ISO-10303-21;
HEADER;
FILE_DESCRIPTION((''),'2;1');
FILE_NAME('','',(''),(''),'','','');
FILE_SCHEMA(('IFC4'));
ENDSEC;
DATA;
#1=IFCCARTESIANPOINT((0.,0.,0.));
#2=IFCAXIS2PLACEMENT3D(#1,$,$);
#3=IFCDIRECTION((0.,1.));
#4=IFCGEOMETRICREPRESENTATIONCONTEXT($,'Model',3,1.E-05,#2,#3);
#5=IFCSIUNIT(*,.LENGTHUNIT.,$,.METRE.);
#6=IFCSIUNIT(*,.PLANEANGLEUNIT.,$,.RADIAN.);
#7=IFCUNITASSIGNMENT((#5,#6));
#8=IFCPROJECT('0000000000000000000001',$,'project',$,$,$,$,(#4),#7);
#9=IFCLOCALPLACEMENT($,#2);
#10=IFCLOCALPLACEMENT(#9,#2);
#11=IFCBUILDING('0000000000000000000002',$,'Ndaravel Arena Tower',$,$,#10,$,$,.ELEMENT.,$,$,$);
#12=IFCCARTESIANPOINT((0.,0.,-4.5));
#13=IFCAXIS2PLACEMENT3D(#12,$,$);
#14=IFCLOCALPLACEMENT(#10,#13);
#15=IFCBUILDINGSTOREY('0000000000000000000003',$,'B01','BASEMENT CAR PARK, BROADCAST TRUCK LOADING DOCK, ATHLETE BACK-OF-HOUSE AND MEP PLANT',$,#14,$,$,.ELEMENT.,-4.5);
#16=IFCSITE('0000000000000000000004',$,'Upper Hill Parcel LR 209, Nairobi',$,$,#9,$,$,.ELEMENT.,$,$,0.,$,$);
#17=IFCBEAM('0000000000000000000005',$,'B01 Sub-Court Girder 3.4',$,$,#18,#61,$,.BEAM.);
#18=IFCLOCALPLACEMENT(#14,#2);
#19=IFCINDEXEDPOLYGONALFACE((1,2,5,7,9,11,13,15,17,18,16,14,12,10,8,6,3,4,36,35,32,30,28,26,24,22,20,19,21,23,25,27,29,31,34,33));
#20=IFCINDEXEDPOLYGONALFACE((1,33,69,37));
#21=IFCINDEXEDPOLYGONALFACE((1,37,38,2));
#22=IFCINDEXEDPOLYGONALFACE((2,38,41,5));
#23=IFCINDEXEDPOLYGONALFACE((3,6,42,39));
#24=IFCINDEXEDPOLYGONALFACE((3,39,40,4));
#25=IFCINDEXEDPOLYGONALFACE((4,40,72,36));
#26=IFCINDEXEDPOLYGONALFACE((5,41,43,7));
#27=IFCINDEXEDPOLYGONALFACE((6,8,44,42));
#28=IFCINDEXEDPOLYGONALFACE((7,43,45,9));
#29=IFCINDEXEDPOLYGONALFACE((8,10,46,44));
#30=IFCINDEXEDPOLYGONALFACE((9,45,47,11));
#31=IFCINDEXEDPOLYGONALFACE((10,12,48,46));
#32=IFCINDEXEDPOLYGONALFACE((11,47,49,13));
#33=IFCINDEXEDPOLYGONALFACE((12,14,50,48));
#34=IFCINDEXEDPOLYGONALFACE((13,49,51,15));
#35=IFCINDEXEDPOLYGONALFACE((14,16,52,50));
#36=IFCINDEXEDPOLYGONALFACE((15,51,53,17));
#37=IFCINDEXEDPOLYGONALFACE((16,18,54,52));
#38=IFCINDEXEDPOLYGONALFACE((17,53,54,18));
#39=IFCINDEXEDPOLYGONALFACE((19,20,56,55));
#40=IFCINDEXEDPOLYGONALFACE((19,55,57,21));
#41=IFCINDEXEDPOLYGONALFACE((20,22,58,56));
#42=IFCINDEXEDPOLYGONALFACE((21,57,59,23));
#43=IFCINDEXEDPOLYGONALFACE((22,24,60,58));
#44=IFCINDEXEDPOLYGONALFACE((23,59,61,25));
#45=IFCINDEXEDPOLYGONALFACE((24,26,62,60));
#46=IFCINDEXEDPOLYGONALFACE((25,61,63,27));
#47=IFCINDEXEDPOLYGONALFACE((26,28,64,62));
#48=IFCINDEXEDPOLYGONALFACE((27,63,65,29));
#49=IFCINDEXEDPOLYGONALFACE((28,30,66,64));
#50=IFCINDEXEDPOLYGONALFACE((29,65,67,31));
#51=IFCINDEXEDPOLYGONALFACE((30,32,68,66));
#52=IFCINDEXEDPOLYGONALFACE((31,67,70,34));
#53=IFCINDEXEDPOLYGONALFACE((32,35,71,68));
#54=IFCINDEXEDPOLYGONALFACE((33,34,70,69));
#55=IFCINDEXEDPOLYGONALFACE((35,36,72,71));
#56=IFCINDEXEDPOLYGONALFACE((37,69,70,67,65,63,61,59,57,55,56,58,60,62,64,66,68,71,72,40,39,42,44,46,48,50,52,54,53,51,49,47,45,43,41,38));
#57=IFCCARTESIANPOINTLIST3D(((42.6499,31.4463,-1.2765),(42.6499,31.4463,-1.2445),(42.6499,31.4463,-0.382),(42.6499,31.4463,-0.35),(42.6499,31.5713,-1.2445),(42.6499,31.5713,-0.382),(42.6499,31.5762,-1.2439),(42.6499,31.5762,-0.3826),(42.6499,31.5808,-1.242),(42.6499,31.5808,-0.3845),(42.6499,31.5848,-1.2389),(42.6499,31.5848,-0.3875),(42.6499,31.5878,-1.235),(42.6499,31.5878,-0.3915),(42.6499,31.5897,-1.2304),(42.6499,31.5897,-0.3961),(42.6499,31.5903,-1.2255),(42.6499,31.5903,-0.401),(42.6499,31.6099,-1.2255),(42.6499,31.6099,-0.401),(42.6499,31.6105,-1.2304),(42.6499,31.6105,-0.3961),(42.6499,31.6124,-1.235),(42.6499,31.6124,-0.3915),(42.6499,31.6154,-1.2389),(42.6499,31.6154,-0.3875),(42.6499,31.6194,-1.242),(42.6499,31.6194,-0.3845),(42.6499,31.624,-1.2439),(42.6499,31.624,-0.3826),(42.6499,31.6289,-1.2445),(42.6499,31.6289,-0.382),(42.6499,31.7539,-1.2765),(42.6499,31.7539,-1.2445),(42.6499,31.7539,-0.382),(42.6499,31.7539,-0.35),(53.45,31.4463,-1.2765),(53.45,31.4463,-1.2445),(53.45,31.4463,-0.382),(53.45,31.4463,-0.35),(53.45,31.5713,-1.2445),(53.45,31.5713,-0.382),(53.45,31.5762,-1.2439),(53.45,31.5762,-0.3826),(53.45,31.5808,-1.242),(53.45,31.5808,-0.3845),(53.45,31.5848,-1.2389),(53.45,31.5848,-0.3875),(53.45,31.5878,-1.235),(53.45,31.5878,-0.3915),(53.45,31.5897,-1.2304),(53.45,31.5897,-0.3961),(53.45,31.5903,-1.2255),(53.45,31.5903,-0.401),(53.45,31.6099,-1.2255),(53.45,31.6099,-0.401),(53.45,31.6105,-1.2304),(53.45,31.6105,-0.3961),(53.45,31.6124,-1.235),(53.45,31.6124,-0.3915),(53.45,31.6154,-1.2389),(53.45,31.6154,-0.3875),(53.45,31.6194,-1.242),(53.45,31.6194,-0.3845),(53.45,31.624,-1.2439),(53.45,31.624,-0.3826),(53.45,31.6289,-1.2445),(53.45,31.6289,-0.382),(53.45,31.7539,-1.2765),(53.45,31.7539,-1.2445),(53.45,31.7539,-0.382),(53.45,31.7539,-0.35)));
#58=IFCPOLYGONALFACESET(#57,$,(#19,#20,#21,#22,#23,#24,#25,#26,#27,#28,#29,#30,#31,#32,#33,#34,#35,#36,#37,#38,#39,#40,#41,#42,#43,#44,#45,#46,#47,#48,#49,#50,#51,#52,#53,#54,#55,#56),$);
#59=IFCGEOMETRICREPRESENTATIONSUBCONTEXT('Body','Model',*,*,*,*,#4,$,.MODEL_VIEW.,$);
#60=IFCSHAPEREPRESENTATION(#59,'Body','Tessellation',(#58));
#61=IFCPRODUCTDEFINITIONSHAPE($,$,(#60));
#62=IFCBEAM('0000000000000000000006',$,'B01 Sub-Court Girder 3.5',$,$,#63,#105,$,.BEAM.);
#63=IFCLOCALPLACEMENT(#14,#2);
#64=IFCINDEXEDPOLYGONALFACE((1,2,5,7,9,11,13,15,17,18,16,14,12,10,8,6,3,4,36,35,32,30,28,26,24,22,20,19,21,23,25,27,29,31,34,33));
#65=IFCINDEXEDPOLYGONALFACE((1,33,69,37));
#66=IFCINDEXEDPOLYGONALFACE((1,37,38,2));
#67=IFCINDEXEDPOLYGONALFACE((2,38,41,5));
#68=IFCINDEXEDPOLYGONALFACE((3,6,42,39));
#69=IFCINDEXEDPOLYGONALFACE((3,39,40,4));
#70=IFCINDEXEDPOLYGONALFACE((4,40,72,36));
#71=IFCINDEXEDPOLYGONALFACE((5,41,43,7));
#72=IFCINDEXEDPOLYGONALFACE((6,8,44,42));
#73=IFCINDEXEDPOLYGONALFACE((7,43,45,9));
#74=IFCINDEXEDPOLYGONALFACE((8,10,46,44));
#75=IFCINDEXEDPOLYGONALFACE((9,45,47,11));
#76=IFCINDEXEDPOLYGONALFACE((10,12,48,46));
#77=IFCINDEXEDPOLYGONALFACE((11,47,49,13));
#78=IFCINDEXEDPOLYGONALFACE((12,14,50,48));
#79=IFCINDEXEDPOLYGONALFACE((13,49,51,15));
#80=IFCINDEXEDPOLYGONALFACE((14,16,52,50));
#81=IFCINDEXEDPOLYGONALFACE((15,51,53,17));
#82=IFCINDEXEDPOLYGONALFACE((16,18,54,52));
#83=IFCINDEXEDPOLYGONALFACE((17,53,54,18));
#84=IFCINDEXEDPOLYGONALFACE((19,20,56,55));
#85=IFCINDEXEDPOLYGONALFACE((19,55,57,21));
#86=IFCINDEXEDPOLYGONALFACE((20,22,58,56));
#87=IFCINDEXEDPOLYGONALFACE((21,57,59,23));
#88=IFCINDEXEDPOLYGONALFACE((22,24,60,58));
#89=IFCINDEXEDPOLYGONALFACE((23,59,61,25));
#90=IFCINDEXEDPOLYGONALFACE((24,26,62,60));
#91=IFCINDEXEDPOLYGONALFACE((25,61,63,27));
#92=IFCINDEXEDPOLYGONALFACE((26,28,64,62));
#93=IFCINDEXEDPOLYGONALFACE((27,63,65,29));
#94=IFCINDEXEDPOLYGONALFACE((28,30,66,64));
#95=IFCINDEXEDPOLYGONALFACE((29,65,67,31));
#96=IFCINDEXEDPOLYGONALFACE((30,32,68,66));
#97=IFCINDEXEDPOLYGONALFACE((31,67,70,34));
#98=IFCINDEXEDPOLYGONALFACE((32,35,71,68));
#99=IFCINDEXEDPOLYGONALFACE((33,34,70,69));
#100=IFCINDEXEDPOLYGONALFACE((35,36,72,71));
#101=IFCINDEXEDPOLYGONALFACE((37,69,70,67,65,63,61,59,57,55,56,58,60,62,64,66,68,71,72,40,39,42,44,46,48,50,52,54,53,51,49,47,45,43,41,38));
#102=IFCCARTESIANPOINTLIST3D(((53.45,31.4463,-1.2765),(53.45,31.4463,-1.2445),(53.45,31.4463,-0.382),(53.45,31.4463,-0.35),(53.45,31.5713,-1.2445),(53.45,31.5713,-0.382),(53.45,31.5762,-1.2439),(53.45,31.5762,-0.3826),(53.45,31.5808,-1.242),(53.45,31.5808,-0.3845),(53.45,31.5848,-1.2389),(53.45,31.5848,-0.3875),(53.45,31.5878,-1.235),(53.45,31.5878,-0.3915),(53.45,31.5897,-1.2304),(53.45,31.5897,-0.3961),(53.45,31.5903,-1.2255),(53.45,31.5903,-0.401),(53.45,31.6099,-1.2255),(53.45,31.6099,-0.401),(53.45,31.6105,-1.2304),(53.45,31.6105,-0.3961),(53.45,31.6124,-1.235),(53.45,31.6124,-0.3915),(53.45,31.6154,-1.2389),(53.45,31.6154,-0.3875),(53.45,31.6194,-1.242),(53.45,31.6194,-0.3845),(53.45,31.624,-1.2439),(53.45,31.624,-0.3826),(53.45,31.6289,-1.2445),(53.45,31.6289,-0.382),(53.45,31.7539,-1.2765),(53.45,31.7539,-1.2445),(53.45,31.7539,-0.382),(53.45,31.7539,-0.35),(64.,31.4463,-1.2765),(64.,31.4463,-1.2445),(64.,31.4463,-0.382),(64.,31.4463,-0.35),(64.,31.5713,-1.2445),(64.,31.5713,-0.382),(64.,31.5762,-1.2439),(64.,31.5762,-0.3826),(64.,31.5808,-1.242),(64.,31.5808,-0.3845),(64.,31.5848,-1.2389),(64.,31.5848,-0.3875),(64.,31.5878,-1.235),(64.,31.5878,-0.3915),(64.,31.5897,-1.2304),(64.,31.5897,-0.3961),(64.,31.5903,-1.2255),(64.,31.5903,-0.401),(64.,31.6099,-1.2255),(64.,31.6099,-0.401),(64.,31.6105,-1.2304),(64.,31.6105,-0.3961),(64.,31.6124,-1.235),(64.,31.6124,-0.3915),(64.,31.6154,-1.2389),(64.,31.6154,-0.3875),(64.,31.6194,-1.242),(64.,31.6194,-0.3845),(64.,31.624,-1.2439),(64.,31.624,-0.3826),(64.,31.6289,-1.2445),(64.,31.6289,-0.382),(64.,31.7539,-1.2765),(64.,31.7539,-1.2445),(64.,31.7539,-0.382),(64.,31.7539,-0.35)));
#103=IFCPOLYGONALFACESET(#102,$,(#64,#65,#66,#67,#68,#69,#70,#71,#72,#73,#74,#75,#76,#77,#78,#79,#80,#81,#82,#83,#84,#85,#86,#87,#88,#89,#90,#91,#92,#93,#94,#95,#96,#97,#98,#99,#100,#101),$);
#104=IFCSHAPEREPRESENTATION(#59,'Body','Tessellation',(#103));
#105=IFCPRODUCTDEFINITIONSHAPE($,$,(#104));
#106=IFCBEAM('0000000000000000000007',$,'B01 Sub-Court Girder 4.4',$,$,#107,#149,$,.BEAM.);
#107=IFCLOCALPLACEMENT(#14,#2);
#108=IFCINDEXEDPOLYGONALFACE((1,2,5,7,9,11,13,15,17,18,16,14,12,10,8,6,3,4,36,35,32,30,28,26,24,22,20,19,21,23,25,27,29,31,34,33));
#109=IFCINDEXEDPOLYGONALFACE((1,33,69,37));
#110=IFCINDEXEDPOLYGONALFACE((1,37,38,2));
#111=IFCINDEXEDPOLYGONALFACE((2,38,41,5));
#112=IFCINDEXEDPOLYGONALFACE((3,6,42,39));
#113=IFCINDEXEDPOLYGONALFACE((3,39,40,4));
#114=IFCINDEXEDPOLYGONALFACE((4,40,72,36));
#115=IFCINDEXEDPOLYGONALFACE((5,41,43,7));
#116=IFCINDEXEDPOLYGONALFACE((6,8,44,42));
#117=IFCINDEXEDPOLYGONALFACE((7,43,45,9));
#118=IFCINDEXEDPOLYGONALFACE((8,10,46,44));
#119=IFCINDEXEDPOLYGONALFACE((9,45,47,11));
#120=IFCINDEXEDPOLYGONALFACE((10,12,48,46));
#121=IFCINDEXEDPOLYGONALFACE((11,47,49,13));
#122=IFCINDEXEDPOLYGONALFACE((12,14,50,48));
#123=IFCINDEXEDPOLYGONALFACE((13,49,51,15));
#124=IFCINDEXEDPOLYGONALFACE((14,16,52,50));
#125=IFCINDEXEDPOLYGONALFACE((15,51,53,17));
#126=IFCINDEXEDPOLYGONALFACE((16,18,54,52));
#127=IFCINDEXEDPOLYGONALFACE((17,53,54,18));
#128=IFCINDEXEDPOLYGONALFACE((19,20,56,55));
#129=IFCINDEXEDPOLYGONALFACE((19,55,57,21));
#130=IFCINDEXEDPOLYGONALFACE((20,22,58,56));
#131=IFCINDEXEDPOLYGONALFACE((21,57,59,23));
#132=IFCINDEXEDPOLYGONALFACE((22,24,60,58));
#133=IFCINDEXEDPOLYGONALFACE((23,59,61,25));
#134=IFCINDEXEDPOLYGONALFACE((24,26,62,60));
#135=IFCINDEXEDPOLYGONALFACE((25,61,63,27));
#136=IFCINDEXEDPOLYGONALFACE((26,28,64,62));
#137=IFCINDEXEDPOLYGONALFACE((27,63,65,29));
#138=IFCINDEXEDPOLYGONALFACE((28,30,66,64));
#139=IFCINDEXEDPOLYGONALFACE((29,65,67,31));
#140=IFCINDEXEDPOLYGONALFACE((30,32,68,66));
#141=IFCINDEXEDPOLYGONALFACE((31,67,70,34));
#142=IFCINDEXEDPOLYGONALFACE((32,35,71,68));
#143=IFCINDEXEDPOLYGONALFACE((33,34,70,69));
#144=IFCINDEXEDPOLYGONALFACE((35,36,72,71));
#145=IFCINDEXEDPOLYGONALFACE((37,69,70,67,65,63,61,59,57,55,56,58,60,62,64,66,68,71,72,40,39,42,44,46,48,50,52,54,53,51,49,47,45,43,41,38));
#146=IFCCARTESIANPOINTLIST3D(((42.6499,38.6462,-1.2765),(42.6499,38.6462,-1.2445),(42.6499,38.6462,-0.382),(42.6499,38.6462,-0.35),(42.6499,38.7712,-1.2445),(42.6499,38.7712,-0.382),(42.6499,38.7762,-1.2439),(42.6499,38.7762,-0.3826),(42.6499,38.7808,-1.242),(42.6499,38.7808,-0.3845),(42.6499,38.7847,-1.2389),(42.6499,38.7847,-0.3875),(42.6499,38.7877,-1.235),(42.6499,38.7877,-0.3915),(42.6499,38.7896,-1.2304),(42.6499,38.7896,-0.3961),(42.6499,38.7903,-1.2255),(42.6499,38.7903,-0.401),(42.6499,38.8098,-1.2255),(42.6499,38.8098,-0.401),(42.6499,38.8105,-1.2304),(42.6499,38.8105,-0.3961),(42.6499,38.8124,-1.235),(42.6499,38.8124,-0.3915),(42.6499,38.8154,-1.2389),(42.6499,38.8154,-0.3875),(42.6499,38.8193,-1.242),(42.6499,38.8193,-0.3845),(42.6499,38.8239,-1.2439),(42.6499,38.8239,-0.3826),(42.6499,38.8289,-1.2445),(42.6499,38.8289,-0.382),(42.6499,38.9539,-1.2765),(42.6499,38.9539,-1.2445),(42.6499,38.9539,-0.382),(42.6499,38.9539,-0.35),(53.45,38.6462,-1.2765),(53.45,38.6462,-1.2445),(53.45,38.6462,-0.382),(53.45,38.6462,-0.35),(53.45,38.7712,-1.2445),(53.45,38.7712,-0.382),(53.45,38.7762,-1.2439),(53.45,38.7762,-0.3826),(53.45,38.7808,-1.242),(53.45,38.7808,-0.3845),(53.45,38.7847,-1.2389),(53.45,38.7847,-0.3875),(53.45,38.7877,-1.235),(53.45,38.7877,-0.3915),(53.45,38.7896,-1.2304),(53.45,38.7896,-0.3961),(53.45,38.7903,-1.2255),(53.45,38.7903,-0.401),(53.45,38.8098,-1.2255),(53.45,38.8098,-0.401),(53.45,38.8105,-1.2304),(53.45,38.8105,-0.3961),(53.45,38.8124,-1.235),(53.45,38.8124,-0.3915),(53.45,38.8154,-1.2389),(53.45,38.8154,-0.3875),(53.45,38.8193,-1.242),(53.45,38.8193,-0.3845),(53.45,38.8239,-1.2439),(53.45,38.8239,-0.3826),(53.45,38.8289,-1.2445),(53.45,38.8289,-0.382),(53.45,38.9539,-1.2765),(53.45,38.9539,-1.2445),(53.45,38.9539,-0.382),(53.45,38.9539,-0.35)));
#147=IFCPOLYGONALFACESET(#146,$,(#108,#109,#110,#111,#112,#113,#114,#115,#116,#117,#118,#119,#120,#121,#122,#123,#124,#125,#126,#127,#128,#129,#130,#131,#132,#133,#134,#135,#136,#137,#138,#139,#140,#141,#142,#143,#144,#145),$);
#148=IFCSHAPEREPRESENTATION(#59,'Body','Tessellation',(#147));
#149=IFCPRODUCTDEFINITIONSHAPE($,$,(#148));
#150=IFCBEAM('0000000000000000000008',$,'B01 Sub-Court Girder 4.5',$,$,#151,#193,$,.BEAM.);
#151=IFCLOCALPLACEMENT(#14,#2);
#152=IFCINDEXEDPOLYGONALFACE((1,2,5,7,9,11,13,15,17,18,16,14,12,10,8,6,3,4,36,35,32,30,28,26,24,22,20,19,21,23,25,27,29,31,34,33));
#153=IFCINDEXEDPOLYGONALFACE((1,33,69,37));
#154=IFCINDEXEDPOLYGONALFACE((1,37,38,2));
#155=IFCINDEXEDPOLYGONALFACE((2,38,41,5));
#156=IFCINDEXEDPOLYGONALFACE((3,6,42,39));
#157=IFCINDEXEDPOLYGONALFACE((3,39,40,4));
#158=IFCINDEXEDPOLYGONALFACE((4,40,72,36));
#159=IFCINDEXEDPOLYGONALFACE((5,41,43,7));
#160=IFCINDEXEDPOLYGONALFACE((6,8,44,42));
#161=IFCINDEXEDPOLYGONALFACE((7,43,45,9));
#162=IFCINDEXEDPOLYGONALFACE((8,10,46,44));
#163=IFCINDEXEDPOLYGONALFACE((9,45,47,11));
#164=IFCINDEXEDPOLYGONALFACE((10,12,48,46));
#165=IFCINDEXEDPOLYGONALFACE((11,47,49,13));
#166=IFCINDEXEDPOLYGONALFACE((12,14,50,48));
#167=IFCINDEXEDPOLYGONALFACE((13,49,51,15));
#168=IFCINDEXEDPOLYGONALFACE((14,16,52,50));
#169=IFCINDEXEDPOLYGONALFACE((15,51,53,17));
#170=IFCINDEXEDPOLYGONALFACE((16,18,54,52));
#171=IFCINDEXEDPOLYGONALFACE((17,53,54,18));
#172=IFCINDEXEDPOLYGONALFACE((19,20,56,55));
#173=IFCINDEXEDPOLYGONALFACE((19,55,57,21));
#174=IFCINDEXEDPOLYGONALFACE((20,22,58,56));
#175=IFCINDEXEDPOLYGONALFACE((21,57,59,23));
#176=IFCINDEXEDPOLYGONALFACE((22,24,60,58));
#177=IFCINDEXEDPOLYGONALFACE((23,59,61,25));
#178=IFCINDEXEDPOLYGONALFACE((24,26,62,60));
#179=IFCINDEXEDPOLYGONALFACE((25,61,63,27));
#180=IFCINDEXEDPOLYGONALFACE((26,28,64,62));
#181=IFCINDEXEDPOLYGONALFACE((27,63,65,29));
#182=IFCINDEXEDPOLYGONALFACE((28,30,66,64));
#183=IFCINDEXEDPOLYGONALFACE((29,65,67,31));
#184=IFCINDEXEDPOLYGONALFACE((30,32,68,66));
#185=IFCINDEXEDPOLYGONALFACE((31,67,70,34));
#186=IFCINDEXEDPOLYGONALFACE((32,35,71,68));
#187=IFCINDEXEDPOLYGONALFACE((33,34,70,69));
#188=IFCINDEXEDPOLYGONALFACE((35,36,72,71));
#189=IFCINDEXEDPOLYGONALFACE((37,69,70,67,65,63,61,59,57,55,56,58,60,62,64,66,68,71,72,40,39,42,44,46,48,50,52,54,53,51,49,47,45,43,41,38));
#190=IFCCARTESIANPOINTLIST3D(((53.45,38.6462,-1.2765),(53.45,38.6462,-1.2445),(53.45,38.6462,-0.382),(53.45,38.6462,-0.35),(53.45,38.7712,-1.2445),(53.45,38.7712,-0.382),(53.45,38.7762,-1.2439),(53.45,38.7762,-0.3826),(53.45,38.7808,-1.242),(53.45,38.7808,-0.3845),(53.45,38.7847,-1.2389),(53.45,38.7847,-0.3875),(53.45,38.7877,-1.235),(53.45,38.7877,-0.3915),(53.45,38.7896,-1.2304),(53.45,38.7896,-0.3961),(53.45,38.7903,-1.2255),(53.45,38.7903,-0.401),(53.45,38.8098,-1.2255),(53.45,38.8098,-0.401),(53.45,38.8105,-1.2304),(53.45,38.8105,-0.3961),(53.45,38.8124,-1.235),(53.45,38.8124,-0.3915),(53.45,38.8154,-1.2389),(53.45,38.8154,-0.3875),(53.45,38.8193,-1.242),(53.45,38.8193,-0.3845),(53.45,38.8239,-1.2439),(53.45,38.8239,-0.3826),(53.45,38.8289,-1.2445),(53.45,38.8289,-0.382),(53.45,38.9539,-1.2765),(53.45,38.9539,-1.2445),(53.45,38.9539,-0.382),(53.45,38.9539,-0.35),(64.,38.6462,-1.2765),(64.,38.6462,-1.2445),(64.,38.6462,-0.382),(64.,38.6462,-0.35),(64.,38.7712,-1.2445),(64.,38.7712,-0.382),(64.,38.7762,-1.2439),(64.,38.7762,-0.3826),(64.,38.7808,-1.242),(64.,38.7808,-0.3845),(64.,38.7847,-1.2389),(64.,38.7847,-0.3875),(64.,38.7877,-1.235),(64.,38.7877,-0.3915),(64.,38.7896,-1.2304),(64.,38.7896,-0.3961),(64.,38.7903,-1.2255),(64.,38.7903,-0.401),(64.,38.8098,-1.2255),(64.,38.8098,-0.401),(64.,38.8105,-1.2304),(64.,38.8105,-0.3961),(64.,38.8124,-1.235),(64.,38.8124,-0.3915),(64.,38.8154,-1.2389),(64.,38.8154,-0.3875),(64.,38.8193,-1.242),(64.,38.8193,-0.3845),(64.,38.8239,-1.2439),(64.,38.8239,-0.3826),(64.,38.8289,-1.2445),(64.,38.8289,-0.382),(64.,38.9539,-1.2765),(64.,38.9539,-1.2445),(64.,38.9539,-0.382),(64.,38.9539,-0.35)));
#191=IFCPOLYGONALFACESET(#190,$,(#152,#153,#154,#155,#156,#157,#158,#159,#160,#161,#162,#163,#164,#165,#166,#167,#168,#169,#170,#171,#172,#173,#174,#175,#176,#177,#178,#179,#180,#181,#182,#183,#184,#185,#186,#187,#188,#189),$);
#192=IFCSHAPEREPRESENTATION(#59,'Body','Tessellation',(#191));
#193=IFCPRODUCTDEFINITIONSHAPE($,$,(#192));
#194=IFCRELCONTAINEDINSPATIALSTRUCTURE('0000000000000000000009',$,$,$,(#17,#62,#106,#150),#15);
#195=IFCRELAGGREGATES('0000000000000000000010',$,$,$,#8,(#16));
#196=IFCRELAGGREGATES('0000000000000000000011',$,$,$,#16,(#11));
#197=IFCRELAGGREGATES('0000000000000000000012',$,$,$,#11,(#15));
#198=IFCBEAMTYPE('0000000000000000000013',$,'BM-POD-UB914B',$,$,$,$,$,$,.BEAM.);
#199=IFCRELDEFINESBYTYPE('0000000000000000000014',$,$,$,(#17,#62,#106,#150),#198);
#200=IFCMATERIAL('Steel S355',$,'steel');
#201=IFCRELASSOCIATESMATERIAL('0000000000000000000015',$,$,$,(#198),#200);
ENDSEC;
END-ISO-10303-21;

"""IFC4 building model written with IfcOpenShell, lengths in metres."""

from ifc_helpers import new_model, si_unit, direction, frame, origin, origin_2d, place, context, subcontext, project, spatial, i_section, extrude, material, material_profile, profile_set, type_object, element, save


model = new_model("IFC4")

# Units and contexts
model_context = context("Model", 3, precision=1e-05, world=origin(), true_north=direction((0.0, 1.0)))
body_context = subcontext(model_context, "Body", "Model", "MODEL_VIEW")
ifc_project = project(units=[si_unit("LENGTHUNIT", "METRE"), si_unit("PLANEANGLEUNIT", "RADIAN")], contexts=[model_context])

# Site, building, storey
site_placement = place(None, origin())
site = spatial("IfcSite", under=ifc_project, at=site_placement, Name="Upper Hill Parcel LR 209, Nairobi", CompositionType="ELEMENT", RefElevation=0.0)
building_placement = place(site_placement, origin())
building = spatial("IfcBuilding", under=site, at=building_placement, Name="Ndaravel Arena Tower", CompositionType="ELEMENT")
storey_placement = place(building_placement, frame((0.0, 0.0, -4.5)))
storey = spatial("IfcBuildingStorey", under=building, at=storey_placement, Name="B01", Description="BASEMENT CAR PARK, BROADCAST TRUCK LOADING DOCK, ATHLETE BACK-OF-HOUSE AND MEP PLANT", CompositionType="ELEMENT", Elevation=-4.5)

# Beams
ifc_material_1 = material(Name="Steel S355", Category="steel")
ifc_material_profile_1 = material_profile(ifc_material_1, i_section(OverallWidth=0.3076, OverallDepth=0.9265, WebThickness=0.0195, FlangeThickness=0.032, FilletRadius=0.019, at=origin_2d()), Name="UB 914x305x289")
ifc_profile_set_1 = profile_set([ifc_material_profile_1], Name="Steel S355")
beam_type_1 = type_object("IfcBeamType", Name="BM-POD-UB914B", PredefinedType="BEAM", material=ifc_profile_set_1)
beam_1_placement = place(storey_placement, frame((42.6499, 31.6001, -0.8132), z_axis=(1.0, 0.0, 0.0), x_axis=(0.0, 1.0, 0.0)))
element("IfcBeam", 1, at=beam_1_placement, inside=storey, type_object=beam_type_1, Name="B01 Sub-Court Girder 3.4", PredefinedType="BEAM", context=body_context, shape_type="SweptSolid", body=[
    extrude(i_section(OverallWidth=0.3076, OverallDepth=0.9265, WebThickness=0.0195, FlangeThickness=0.032, FilletRadius=0.019, at=origin_2d()), origin(), (0.0, 0.0, 1.0), 10.8),
])
beam_2_placement = place(storey_placement, frame((53.45, 31.6001, -0.8132), z_axis=(1.0, 0.0, 0.0), x_axis=(0.0, 1.0, 0.0)))
element("IfcBeam", 2, at=beam_2_placement, inside=storey, type_object=beam_type_1, Name="B01 Sub-Court Girder 3.5", PredefinedType="BEAM", context=body_context, shape_type="SweptSolid", body=[
    extrude(i_section(OverallWidth=0.3076, OverallDepth=0.9265, WebThickness=0.0195, FlangeThickness=0.032, FilletRadius=0.019, at=origin_2d()), origin(), (0.0, 0.0, 1.0), 10.55),
])
beam_3_placement = place(storey_placement, frame((42.6499, 38.8, -0.8132), z_axis=(1.0, 0.0, 0.0), x_axis=(0.0, 1.0, 0.0)))
element("IfcBeam", 3, at=beam_3_placement, inside=storey, type_object=beam_type_1, Name="B01 Sub-Court Girder 4.4", PredefinedType="BEAM", context=body_context, shape_type="SweptSolid", body=[
    extrude(i_section(OverallWidth=0.3076, OverallDepth=0.9265, WebThickness=0.0195, FlangeThickness=0.032, FilletRadius=0.019, at=origin_2d()), origin(), (0.0, 0.0, 1.0), 10.8),
])
beam_4_placement = place(storey_placement, frame((53.45, 38.8, -0.8132), z_axis=(1.0, 0.0, 0.0), x_axis=(0.0, 1.0, 0.0)))
element("IfcBeam", 4, at=beam_4_placement, inside=storey, type_object=beam_type_1, Name="B01 Sub-Court Girder 4.5", PredefinedType="BEAM", context=body_context, shape_type="SweptSolid", body=[
    extrude(i_section(OverallWidth=0.3076, OverallDepth=0.9265, WebThickness=0.0195, FlangeThickness=0.032, FilletRadius=0.019, at=origin_2d()), origin(), (0.0, 0.0, 1.0), 10.55),
])

save(model, "model.ifc")
